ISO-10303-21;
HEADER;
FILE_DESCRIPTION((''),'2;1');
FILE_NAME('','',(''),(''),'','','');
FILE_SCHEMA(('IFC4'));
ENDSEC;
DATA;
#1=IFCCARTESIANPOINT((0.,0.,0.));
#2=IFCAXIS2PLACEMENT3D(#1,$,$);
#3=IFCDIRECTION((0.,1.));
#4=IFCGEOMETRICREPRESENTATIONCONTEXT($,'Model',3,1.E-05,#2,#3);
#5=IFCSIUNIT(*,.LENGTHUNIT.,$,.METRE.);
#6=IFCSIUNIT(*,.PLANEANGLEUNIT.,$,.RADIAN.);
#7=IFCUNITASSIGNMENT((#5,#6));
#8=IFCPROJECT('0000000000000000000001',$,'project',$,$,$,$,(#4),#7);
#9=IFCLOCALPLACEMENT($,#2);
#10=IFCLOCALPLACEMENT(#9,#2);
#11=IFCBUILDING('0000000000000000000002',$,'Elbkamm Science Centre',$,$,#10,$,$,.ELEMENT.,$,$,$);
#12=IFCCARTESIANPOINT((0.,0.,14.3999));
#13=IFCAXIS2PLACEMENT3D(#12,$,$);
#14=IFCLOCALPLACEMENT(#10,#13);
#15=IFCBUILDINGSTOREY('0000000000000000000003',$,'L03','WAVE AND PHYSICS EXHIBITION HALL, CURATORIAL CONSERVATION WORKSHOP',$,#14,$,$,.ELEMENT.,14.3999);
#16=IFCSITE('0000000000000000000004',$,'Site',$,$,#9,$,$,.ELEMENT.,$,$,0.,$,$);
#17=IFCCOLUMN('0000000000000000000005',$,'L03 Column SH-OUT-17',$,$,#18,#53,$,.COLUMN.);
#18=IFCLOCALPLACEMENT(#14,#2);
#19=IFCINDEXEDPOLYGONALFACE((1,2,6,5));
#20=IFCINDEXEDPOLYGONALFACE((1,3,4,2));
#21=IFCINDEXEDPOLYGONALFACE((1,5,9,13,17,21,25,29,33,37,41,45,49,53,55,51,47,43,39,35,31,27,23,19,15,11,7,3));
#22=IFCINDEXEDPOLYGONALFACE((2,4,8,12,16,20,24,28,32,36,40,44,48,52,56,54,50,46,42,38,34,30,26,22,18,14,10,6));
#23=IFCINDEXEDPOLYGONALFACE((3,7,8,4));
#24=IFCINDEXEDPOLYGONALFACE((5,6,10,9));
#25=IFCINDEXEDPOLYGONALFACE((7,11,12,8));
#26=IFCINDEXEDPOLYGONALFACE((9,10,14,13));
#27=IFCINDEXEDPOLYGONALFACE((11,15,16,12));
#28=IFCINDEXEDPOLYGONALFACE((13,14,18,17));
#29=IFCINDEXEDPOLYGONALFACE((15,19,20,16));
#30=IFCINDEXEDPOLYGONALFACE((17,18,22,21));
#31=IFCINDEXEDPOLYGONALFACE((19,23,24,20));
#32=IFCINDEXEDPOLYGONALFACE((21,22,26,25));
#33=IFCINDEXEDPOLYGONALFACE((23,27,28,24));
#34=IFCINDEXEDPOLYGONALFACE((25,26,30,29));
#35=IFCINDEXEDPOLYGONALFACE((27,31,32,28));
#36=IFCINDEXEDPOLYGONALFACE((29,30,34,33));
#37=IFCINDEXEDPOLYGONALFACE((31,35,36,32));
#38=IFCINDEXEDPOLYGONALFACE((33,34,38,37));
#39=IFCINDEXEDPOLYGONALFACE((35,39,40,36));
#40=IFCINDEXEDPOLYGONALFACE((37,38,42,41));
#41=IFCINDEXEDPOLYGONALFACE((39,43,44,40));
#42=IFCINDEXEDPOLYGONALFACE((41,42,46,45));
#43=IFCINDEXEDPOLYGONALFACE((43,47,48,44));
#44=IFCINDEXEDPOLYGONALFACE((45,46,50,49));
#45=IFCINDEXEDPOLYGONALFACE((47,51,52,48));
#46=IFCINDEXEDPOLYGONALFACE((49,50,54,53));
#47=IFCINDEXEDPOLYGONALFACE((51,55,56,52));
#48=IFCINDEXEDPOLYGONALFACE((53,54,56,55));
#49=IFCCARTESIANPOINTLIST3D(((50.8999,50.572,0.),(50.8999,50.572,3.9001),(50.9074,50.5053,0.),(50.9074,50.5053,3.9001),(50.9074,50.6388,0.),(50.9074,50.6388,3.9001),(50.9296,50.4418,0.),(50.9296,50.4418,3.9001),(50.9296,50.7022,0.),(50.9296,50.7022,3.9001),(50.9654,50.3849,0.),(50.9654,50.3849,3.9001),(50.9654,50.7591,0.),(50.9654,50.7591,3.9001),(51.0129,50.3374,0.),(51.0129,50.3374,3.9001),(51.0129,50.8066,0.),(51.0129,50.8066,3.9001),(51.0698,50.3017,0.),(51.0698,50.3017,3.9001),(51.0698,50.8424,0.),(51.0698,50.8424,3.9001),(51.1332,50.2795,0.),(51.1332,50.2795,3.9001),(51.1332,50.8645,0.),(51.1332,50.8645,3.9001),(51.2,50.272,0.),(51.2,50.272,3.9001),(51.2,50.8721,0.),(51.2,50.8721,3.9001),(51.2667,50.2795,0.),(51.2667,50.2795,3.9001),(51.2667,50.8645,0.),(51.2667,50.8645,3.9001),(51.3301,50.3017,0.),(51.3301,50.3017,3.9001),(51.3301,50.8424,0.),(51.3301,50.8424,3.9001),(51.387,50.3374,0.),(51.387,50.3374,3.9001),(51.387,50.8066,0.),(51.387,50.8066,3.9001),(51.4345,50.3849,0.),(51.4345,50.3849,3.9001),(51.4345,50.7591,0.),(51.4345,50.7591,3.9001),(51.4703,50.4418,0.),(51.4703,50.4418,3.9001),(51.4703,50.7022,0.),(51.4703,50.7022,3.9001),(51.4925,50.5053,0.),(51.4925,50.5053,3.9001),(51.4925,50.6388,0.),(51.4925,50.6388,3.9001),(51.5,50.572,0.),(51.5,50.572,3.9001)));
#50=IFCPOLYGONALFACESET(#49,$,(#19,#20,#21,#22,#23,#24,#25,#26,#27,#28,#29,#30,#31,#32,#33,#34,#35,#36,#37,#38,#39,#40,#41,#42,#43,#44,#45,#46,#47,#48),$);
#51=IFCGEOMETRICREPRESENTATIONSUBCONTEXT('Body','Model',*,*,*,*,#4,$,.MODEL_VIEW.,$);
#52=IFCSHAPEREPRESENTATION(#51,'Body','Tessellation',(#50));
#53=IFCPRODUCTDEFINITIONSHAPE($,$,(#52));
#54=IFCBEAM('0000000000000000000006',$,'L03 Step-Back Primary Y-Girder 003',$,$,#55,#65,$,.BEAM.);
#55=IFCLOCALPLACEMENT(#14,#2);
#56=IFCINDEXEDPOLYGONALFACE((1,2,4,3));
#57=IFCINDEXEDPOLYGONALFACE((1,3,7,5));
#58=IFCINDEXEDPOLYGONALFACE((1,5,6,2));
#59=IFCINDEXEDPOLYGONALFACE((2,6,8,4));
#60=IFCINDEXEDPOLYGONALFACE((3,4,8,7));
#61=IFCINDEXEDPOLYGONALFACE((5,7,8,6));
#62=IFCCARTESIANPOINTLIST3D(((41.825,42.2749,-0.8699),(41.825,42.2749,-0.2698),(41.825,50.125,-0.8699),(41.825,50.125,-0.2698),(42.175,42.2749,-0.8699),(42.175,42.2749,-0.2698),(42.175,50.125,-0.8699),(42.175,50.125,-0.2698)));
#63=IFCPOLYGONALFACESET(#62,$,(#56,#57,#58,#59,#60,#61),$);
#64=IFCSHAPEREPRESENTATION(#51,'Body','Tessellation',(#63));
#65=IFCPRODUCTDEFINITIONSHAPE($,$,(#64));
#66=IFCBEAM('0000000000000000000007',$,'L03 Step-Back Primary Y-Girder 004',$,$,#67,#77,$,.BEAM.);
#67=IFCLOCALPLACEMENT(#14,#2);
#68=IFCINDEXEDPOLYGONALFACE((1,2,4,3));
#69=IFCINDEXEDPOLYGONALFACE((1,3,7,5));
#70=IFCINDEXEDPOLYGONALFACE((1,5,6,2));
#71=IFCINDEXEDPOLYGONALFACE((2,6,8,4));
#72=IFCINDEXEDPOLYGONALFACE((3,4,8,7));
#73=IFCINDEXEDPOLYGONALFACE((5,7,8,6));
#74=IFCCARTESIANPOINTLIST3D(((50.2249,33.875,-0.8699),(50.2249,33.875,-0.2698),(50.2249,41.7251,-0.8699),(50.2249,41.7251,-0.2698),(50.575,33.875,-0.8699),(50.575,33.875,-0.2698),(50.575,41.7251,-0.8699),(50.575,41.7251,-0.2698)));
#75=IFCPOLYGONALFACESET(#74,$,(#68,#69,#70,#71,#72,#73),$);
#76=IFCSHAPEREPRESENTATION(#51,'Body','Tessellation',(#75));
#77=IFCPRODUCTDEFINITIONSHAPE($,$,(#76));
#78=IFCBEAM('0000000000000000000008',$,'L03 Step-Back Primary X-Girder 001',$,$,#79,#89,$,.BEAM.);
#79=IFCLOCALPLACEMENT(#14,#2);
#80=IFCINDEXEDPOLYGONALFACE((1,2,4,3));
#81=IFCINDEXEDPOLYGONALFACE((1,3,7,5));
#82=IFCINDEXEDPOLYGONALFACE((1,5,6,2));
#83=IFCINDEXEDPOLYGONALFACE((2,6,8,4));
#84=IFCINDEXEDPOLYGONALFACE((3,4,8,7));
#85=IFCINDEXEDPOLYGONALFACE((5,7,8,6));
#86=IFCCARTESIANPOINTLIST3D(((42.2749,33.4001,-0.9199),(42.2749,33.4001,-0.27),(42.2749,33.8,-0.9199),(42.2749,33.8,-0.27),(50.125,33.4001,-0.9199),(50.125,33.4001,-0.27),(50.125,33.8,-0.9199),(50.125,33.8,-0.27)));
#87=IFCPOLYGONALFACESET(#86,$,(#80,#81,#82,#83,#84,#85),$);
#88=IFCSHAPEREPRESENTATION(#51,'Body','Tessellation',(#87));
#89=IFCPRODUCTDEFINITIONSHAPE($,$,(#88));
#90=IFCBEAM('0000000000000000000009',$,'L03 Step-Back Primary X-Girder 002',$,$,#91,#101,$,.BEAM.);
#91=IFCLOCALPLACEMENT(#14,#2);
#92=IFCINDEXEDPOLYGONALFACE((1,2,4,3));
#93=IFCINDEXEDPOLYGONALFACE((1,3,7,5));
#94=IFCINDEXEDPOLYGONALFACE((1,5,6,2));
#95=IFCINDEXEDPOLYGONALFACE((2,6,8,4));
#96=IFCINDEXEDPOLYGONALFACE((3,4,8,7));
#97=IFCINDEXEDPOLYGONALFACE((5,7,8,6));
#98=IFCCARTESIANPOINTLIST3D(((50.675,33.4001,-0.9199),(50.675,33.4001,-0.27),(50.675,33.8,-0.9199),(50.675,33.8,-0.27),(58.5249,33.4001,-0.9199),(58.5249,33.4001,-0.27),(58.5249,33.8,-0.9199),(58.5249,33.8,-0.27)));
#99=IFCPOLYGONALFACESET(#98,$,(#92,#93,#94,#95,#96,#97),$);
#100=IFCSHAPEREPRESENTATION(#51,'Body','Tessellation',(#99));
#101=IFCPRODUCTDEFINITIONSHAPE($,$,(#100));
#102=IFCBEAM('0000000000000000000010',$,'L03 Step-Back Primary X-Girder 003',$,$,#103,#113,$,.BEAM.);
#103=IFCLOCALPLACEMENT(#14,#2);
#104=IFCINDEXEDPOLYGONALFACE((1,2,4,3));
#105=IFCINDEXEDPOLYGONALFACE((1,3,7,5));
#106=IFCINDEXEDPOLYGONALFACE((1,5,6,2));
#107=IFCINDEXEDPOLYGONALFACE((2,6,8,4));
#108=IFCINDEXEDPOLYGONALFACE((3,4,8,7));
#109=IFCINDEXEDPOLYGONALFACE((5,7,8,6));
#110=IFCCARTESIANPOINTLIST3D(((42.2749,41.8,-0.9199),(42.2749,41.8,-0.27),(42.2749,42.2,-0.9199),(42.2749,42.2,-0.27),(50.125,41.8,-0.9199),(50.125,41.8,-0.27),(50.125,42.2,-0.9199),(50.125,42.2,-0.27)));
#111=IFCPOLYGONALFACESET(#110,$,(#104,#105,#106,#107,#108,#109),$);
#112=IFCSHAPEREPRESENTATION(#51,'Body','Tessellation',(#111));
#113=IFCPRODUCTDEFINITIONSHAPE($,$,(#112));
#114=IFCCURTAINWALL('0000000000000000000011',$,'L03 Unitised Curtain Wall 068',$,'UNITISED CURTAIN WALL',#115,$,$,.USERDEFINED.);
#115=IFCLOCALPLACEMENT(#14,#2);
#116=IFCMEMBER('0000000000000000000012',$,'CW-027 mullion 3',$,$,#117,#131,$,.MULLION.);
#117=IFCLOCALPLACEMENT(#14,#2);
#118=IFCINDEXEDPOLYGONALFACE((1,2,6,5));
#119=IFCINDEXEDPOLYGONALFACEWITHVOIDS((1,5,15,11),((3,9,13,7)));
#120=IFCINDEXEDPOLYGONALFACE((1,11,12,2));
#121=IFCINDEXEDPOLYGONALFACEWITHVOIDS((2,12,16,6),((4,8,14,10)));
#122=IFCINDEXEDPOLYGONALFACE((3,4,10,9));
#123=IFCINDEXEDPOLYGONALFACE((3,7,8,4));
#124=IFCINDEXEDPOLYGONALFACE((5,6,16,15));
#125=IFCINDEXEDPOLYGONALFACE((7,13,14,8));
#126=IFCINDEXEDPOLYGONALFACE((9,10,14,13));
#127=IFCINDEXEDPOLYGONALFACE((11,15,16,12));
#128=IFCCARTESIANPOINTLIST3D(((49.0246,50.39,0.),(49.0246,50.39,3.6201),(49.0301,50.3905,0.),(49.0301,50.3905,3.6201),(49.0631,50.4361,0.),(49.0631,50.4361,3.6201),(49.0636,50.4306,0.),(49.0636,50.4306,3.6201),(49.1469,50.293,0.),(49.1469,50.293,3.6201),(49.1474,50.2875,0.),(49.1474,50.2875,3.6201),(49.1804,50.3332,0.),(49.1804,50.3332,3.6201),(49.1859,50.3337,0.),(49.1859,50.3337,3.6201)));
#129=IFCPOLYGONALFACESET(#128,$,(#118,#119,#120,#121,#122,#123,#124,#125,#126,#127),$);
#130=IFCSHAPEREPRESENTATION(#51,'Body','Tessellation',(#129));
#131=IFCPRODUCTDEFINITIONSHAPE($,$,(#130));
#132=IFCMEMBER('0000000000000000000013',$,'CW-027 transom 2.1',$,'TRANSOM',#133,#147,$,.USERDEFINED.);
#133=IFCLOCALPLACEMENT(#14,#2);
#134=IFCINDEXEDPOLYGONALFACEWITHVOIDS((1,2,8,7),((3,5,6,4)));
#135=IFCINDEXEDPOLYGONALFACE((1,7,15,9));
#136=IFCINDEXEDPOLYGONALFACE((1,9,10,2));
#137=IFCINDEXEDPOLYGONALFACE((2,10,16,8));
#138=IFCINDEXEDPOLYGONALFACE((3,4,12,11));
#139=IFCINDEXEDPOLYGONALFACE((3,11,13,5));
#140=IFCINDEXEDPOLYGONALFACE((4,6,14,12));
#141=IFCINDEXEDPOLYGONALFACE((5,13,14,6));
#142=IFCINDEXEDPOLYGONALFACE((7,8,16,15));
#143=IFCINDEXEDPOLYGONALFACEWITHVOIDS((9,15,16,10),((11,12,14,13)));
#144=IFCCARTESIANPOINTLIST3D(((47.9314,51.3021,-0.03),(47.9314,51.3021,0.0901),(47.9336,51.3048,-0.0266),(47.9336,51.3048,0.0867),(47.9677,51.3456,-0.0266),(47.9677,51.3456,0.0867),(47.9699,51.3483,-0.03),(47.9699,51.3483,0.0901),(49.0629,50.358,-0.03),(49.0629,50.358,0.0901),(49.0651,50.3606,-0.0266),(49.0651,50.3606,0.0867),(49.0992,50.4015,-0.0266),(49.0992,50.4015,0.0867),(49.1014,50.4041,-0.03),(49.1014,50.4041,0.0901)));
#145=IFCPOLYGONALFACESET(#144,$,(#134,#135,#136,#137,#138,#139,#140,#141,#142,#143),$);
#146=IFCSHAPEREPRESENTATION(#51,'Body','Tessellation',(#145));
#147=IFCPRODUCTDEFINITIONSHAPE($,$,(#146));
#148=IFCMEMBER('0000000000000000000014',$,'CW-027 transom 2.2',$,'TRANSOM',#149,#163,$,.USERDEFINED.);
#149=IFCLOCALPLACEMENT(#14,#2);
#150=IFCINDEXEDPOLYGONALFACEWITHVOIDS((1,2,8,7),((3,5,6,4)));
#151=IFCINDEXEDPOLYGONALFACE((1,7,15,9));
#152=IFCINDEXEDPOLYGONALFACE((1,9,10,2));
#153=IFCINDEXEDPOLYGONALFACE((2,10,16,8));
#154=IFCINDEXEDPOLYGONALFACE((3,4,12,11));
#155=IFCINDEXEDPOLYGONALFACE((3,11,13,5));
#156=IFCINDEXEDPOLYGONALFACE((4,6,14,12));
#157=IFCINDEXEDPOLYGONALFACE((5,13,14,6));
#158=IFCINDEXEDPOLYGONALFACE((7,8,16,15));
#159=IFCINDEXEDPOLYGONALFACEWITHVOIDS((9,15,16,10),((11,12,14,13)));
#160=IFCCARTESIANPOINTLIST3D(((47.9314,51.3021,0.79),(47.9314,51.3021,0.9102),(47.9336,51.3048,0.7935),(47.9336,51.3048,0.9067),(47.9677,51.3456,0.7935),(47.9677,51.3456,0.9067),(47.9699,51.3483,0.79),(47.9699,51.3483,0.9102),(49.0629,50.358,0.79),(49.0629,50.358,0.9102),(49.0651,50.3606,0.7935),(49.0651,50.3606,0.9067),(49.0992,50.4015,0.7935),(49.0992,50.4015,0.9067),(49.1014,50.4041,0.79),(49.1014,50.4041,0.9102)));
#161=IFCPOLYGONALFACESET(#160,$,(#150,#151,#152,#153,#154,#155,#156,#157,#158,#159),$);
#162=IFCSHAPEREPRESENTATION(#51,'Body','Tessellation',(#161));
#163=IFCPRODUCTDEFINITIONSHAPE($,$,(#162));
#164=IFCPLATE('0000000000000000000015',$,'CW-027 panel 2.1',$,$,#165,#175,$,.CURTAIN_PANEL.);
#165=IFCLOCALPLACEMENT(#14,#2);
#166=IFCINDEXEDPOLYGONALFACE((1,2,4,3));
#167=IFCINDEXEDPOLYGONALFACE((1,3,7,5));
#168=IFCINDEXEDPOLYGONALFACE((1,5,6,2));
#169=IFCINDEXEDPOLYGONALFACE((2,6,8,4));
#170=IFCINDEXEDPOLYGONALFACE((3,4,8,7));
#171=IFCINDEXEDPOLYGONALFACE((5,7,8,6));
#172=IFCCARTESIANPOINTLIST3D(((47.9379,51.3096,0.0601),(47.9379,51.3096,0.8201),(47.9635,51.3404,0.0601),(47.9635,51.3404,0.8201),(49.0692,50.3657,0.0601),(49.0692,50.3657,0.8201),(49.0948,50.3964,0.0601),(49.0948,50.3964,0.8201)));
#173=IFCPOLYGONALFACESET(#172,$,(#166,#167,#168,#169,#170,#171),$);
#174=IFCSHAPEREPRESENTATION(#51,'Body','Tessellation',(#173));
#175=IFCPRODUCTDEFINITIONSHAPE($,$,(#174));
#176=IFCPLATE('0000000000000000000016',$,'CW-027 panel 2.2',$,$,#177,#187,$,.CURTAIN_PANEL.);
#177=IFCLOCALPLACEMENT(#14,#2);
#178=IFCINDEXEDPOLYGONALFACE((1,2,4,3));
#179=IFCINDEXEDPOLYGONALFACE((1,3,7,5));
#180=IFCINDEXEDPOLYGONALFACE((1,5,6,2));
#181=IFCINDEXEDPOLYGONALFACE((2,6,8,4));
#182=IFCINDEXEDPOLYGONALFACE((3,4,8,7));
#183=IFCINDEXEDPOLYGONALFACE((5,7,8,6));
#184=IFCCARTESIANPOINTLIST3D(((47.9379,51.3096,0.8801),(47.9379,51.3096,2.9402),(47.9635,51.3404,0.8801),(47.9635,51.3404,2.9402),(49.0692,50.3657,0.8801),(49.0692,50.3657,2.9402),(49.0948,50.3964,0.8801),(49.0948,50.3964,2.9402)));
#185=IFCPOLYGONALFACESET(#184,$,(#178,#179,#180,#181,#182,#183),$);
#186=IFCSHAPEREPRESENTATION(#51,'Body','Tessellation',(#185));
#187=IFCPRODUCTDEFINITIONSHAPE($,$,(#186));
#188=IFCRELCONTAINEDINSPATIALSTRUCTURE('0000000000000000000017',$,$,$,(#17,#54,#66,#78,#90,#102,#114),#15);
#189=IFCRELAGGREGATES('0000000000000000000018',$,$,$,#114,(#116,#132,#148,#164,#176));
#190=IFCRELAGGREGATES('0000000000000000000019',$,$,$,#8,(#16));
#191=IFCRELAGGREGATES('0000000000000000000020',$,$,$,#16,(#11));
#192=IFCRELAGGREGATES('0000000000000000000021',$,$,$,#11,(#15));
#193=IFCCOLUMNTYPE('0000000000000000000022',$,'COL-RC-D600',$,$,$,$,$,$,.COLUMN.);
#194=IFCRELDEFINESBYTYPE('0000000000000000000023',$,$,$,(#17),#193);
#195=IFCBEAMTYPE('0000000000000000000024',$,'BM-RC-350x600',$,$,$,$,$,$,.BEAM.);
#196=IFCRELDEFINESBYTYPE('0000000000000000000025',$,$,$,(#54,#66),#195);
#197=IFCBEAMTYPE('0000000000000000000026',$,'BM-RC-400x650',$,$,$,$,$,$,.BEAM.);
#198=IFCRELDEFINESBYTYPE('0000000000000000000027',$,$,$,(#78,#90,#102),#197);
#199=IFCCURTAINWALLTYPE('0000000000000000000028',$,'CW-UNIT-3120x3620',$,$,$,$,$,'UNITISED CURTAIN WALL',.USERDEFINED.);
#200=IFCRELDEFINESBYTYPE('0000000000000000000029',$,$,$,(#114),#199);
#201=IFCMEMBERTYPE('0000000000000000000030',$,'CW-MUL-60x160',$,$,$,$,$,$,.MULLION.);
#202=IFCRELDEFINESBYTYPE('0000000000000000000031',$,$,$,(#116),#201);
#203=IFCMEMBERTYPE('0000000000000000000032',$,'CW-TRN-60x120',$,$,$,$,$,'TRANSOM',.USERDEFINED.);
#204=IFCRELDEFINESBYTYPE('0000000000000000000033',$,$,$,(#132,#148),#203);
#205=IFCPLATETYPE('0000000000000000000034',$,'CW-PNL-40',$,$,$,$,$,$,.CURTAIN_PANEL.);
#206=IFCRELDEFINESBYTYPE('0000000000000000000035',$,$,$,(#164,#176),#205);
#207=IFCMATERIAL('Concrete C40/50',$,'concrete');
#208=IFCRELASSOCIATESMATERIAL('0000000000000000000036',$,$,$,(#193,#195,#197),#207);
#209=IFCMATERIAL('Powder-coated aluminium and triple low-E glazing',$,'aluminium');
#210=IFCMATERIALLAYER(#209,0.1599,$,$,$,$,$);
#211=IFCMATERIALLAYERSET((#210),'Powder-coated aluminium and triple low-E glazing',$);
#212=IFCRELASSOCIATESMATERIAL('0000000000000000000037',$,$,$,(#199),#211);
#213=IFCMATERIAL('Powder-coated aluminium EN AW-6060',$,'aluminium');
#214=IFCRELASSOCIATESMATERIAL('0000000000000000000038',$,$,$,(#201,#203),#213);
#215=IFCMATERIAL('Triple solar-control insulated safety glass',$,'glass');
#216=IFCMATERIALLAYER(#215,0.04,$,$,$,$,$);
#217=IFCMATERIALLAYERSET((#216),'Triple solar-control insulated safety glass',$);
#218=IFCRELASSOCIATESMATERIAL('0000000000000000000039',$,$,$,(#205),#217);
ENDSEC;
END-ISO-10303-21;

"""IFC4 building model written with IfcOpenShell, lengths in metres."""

from ifc_helpers import new_model, si_unit, direction, frame, origin, origin_2d, place, context, subcontext, project, spatial, rectangle, hollow_rectangle, circle, extrude, material, layer, layer_set, material_profile, profile_set, type_object, element, aggregate, save


model = new_model("IFC4")

# Units and contexts
model_context = context("Model", 3, precision=1e-05, world=origin(), true_north=direction((0.0, 1.0)))
body_context = subcontext(model_context, "Body", "Model", "MODEL_VIEW")
ifc_project = project(units=[si_unit("LENGTHUNIT", "METRE"), si_unit("PLANEANGLEUNIT", "RADIAN")], contexts=[model_context])

# Site, building, storey
site_placement = place(None, origin())
site = spatial("IfcSite", under=ifc_project, at=site_placement, Name="Site", CompositionType="ELEMENT", RefElevation=0.0)
building_placement = place(site_placement, origin())
building = spatial("IfcBuilding", under=site, at=building_placement, Name="Elbkamm Science Centre", CompositionType="ELEMENT")
storey_placement = place(building_placement, frame((0.0, 0.0, 14.3999)))
storey = spatial("IfcBuildingStorey", under=building, at=storey_placement, Name="L03", Description="WAVE AND PHYSICS EXHIBITION HALL, CURATORIAL CONSERVATION WORKSHOP", CompositionType="ELEMENT", Elevation=14.3999)

# Column
ifc_material_1 = material(Name="Concrete C40/50", Category="concrete")
ifc_material_profile_1 = material_profile(ifc_material_1, circle(Radius=0.3, at=origin_2d()), Name="RC D600")
ifc_profile_set_1 = profile_set([ifc_material_profile_1], Name="Concrete C40/50")
column_type = type_object("IfcColumnType", Name="COL-RC-D600", PredefinedType="COLUMN", material=ifc_profile_set_1)
column_placement = place(storey_placement, frame((51.2, 50.572, 0.0), z_axis=(0.0, 0.0, 1.0), x_axis=(1.0, 0.0, 0.0)))
element("IfcColumn", 1, at=column_placement, inside=storey, type_object=column_type, Name="L03 Column SH-OUT-17", PredefinedType="COLUMN", context=body_context, shape_type="SweptSolid", body=[
    extrude(circle(Radius=0.3, at=origin_2d()), origin(), (0.0, 0.0, 1.0), 3.9001),
])

# Beams
ifc_material_profile_2 = material_profile(ifc_material_1, rectangle(XDim=0.3501, YDim=0.6001, at=origin_2d()), Name="RC 350x600")
ifc_profile_set_2 = profile_set([ifc_material_profile_2], Name="Concrete C40/50")
beam_type_1 = type_object("IfcBeamType", Name="BM-RC-350x600", PredefinedType="BEAM", material=ifc_profile_set_2)
for number, where, z_axis, x_axis, name in (
    (2, (42.0, 42.2749, -0.5698), (0.0, 1.0, 0.0), (-1.0, 0.0, 0.0), "L03 Step-Back Primary Y-Girder 003"),
    (3, (50.3999, 33.875, -0.5698), (0.0, 1.0, 0.0), (-1.0, 0.0, 0.0), "L03 Step-Back Primary Y-Girder 004"),
):
    element("IfcBeam", number, at=place(storey_placement, frame(where, z_axis=z_axis, x_axis=x_axis)), inside=storey, type_object=beam_type_1, Name=name, PredefinedType="BEAM", context=body_context, shape_type="SweptSolid", body=[
        extrude(rectangle(XDim=0.3501, YDim=0.6001, at=origin_2d()), origin(), (0.0, 0.0, 1.0), 7.8501),
    ])
ifc_material_profile_3 = material_profile(ifc_material_1, rectangle(XDim=0.3999, YDim=0.6499, at=origin_2d()), Name="RC 400x650")
ifc_profile_set_3 = profile_set([ifc_material_profile_3], Name="Concrete C40/50")
beam_type_2 = type_object("IfcBeamType", Name="BM-RC-400x650", PredefinedType="BEAM", material=ifc_profile_set_3)
beam_1_placement = place(storey_placement, frame((42.2749, 33.6001, -0.595), z_axis=(1.0, 0.0, 0.0), x_axis=(0.0, 1.0, 0.0)))
element("IfcBeam", 4, at=beam_1_placement, inside=storey, type_object=beam_type_2, Name="L03 Step-Back Primary X-Girder 001", PredefinedType="BEAM", context=body_context, shape_type="SweptSolid", body=[
    extrude(rectangle(XDim=0.3999, YDim=0.6499, at=origin_2d()), origin(), (0.0, 0.0, 1.0), 7.8501),
])
beam_2_placement = place(storey_placement, frame((50.675, 33.6001, -0.595), z_axis=(1.0, 0.0, 0.0), x_axis=(0.0, 1.0, 0.0)))
element("IfcBeam", 5, at=beam_2_placement, inside=storey, type_object=beam_type_2, Name="L03 Step-Back Primary X-Girder 002", PredefinedType="BEAM", context=body_context, shape_type="SweptSolid", body=[
    extrude(rectangle(XDim=0.3999, YDim=0.6499, at=origin_2d()), origin(), (0.0, 0.0, 1.0), 7.8499),
])
beam_3_placement = place(storey_placement, frame((42.2749, 42.0, -0.595), z_axis=(1.0, 0.0, 0.0), x_axis=(0.0, 1.0, 0.0)))
element("IfcBeam", 6, at=beam_3_placement, inside=storey, type_object=beam_type_2, Name="L03 Step-Back Primary X-Girder 003", PredefinedType="BEAM", context=body_context, shape_type="SweptSolid", body=[
    extrude(rectangle(XDim=0.3999, YDim=0.6499, at=origin_2d()), origin(), (0.0, 0.0, 1.0), 7.8501),
])

# Curtain wall, members, plates
ifc_material_2 = material(Name="Powder-coated aluminium and triple low-E glazing", Category="aluminium")
ifc_layer_1 = layer(ifc_material_2, 0.1599)
ifc_layer_set_1 = layer_set([ifc_layer_1], Name="Powder-coated aluminium and triple low-E glazing")
curtain_wall_type = type_object("IfcCurtainWallType", Name="CW-UNIT-3120x3620", ElementType="UNITISED CURTAIN WALL", PredefinedType="USERDEFINED", material=ifc_layer_set_1)
curtain_wall_placement = place(storey_placement, origin())
curtain_wall = element("IfcCurtainWall", 7, at=curtain_wall_placement, inside=storey, type_object=curtain_wall_type, Name="L03 Unitised Curtain Wall 068", ObjectType="UNITISED CURTAIN WALL", PredefinedType="USERDEFINED")
ifc_material_3 = material(Name="Powder-coated aluminium EN AW-6060", Category="aluminium")
ifc_material_profile_4 = material_profile(ifc_material_3, hollow_rectangle(XDim=0.0601, YDim=0.1599, WallThickness=0.0039, at=origin_2d()), Name="ALU M60x160")
ifc_profile_set_4 = profile_set([ifc_material_profile_4], Name="Powder-coated aluminium EN AW-6060")
member_type_1 = type_object("IfcMemberType", Name="CW-MUL-60x160", PredefinedType="MULLION", material=ifc_profile_set_4)
member_1_placement = place(storey_placement, frame((49.1052, 50.3618, 0.0), z_axis=(0.0, 0.0, 1.0), x_axis=(0.640647, 0.767836, 0.0)))
member_1 = element("IfcMember", 8, at=member_1_placement, type_object=member_type_1, Name="CW-027 mullion 3", PredefinedType="MULLION", context=body_context, shape_type="SweptSolid", body=[
    extrude(hollow_rectangle(XDim=0.0601, YDim=0.1599, WallThickness=0.0039, at=origin_2d()), origin(), (0.0, 0.0, 1.0), 3.6201),
])
ifc_material_profile_5 = material_profile(ifc_material_3, hollow_rectangle(XDim=0.0601, YDim=0.1201, WallThickness=0.0034, at=origin_2d()), Name="ALU T60x120")
ifc_profile_set_5 = profile_set([ifc_material_profile_5], Name="Powder-coated aluminium EN AW-6060")
member_type_2 = type_object("IfcMemberType", Name="CW-TRN-60x120", ElementType="TRANSOM", PredefinedType="USERDEFINED", material=ifc_profile_set_5)
member_2_placement = place(storey_placement, frame((47.9507, 51.3252, 0.03), z_axis=(0.767787, -0.640706, 0.0), x_axis=(0.640706, 0.767787, 0.0)))
member_2 = element("IfcMember", 9, at=member_2_placement, type_object=member_type_2, Name="CW-027 transom 2.1", ObjectType="TRANSOM", PredefinedType="USERDEFINED", context=body_context, shape_type="SweptSolid", body=[
    extrude(hollow_rectangle(XDim=0.0601, YDim=0.1201, WallThickness=0.0034, at=origin_2d()), origin(), (0.0, 0.0, 1.0), 1.4736),
])
member_3_placement = place(storey_placement, frame((47.9507, 51.3252, 0.8501), z_axis=(0.767787, -0.640706, 0.0), x_axis=(0.640706, 0.767787, 0.0)))
member_3 = element("IfcMember", 10, at=member_3_placement, type_object=member_type_2, Name="CW-027 transom 2.2", ObjectType="TRANSOM", PredefinedType="USERDEFINED", context=body_context, shape_type="SweptSolid", body=[
    extrude(hollow_rectangle(XDim=0.0601, YDim=0.1201, WallThickness=0.0034, at=origin_2d()), origin(), (0.0, 0.0, 1.0), 1.4736),
])
ifc_material_4 = material(Name="Triple solar-control insulated safety glass", Category="glass")
ifc_layer_2 = layer(ifc_material_4, 0.04)
ifc_layer_set_2 = layer_set([ifc_layer_2], Name="Triple solar-control insulated safety glass")
plate_type = type_object("IfcPlateType", Name="CW-PNL-40", PredefinedType="CURTAIN_PANEL", material=ifc_layer_set_2)
plate_1_placement = place(storey_placement, frame((48.5164, 50.853, 0.0601), z_axis=(0.0, 0.0, 1.0), x_axis=(0.767836, -0.640647, 0.0)))
plate_1 = element("IfcPlate", 11, at=plate_1_placement, type_object=plate_type, Name="CW-027 panel 2.1", PredefinedType="CURTAIN_PANEL", context=body_context, shape_type="SweptSolid", body=[
    extrude(rectangle(XDim=1.4734, YDim=0.04, at=origin_2d()), origin(), (0.0, 0.0, 1.0), 0.76),
])
plate_2_placement = place(storey_placement, frame((48.5164, 50.853, 0.8801), z_axis=(0.0, 0.0, 1.0), x_axis=(0.767836, -0.640647, 0.0)))
plate_2 = element("IfcPlate", 12, at=plate_2_placement, type_object=plate_type, Name="CW-027 panel 2.2", PredefinedType="CURTAIN_PANEL", context=body_context, shape_type="SweptSolid", body=[
    extrude(rectangle(XDim=1.4734, YDim=0.04, at=origin_2d()), origin(), (0.0, 0.0, 1.0), 2.0601),
])
aggregate(curtain_wall, [member_1, member_2, member_3, plate_1, plate_2])

save(model, "model.ifc")
